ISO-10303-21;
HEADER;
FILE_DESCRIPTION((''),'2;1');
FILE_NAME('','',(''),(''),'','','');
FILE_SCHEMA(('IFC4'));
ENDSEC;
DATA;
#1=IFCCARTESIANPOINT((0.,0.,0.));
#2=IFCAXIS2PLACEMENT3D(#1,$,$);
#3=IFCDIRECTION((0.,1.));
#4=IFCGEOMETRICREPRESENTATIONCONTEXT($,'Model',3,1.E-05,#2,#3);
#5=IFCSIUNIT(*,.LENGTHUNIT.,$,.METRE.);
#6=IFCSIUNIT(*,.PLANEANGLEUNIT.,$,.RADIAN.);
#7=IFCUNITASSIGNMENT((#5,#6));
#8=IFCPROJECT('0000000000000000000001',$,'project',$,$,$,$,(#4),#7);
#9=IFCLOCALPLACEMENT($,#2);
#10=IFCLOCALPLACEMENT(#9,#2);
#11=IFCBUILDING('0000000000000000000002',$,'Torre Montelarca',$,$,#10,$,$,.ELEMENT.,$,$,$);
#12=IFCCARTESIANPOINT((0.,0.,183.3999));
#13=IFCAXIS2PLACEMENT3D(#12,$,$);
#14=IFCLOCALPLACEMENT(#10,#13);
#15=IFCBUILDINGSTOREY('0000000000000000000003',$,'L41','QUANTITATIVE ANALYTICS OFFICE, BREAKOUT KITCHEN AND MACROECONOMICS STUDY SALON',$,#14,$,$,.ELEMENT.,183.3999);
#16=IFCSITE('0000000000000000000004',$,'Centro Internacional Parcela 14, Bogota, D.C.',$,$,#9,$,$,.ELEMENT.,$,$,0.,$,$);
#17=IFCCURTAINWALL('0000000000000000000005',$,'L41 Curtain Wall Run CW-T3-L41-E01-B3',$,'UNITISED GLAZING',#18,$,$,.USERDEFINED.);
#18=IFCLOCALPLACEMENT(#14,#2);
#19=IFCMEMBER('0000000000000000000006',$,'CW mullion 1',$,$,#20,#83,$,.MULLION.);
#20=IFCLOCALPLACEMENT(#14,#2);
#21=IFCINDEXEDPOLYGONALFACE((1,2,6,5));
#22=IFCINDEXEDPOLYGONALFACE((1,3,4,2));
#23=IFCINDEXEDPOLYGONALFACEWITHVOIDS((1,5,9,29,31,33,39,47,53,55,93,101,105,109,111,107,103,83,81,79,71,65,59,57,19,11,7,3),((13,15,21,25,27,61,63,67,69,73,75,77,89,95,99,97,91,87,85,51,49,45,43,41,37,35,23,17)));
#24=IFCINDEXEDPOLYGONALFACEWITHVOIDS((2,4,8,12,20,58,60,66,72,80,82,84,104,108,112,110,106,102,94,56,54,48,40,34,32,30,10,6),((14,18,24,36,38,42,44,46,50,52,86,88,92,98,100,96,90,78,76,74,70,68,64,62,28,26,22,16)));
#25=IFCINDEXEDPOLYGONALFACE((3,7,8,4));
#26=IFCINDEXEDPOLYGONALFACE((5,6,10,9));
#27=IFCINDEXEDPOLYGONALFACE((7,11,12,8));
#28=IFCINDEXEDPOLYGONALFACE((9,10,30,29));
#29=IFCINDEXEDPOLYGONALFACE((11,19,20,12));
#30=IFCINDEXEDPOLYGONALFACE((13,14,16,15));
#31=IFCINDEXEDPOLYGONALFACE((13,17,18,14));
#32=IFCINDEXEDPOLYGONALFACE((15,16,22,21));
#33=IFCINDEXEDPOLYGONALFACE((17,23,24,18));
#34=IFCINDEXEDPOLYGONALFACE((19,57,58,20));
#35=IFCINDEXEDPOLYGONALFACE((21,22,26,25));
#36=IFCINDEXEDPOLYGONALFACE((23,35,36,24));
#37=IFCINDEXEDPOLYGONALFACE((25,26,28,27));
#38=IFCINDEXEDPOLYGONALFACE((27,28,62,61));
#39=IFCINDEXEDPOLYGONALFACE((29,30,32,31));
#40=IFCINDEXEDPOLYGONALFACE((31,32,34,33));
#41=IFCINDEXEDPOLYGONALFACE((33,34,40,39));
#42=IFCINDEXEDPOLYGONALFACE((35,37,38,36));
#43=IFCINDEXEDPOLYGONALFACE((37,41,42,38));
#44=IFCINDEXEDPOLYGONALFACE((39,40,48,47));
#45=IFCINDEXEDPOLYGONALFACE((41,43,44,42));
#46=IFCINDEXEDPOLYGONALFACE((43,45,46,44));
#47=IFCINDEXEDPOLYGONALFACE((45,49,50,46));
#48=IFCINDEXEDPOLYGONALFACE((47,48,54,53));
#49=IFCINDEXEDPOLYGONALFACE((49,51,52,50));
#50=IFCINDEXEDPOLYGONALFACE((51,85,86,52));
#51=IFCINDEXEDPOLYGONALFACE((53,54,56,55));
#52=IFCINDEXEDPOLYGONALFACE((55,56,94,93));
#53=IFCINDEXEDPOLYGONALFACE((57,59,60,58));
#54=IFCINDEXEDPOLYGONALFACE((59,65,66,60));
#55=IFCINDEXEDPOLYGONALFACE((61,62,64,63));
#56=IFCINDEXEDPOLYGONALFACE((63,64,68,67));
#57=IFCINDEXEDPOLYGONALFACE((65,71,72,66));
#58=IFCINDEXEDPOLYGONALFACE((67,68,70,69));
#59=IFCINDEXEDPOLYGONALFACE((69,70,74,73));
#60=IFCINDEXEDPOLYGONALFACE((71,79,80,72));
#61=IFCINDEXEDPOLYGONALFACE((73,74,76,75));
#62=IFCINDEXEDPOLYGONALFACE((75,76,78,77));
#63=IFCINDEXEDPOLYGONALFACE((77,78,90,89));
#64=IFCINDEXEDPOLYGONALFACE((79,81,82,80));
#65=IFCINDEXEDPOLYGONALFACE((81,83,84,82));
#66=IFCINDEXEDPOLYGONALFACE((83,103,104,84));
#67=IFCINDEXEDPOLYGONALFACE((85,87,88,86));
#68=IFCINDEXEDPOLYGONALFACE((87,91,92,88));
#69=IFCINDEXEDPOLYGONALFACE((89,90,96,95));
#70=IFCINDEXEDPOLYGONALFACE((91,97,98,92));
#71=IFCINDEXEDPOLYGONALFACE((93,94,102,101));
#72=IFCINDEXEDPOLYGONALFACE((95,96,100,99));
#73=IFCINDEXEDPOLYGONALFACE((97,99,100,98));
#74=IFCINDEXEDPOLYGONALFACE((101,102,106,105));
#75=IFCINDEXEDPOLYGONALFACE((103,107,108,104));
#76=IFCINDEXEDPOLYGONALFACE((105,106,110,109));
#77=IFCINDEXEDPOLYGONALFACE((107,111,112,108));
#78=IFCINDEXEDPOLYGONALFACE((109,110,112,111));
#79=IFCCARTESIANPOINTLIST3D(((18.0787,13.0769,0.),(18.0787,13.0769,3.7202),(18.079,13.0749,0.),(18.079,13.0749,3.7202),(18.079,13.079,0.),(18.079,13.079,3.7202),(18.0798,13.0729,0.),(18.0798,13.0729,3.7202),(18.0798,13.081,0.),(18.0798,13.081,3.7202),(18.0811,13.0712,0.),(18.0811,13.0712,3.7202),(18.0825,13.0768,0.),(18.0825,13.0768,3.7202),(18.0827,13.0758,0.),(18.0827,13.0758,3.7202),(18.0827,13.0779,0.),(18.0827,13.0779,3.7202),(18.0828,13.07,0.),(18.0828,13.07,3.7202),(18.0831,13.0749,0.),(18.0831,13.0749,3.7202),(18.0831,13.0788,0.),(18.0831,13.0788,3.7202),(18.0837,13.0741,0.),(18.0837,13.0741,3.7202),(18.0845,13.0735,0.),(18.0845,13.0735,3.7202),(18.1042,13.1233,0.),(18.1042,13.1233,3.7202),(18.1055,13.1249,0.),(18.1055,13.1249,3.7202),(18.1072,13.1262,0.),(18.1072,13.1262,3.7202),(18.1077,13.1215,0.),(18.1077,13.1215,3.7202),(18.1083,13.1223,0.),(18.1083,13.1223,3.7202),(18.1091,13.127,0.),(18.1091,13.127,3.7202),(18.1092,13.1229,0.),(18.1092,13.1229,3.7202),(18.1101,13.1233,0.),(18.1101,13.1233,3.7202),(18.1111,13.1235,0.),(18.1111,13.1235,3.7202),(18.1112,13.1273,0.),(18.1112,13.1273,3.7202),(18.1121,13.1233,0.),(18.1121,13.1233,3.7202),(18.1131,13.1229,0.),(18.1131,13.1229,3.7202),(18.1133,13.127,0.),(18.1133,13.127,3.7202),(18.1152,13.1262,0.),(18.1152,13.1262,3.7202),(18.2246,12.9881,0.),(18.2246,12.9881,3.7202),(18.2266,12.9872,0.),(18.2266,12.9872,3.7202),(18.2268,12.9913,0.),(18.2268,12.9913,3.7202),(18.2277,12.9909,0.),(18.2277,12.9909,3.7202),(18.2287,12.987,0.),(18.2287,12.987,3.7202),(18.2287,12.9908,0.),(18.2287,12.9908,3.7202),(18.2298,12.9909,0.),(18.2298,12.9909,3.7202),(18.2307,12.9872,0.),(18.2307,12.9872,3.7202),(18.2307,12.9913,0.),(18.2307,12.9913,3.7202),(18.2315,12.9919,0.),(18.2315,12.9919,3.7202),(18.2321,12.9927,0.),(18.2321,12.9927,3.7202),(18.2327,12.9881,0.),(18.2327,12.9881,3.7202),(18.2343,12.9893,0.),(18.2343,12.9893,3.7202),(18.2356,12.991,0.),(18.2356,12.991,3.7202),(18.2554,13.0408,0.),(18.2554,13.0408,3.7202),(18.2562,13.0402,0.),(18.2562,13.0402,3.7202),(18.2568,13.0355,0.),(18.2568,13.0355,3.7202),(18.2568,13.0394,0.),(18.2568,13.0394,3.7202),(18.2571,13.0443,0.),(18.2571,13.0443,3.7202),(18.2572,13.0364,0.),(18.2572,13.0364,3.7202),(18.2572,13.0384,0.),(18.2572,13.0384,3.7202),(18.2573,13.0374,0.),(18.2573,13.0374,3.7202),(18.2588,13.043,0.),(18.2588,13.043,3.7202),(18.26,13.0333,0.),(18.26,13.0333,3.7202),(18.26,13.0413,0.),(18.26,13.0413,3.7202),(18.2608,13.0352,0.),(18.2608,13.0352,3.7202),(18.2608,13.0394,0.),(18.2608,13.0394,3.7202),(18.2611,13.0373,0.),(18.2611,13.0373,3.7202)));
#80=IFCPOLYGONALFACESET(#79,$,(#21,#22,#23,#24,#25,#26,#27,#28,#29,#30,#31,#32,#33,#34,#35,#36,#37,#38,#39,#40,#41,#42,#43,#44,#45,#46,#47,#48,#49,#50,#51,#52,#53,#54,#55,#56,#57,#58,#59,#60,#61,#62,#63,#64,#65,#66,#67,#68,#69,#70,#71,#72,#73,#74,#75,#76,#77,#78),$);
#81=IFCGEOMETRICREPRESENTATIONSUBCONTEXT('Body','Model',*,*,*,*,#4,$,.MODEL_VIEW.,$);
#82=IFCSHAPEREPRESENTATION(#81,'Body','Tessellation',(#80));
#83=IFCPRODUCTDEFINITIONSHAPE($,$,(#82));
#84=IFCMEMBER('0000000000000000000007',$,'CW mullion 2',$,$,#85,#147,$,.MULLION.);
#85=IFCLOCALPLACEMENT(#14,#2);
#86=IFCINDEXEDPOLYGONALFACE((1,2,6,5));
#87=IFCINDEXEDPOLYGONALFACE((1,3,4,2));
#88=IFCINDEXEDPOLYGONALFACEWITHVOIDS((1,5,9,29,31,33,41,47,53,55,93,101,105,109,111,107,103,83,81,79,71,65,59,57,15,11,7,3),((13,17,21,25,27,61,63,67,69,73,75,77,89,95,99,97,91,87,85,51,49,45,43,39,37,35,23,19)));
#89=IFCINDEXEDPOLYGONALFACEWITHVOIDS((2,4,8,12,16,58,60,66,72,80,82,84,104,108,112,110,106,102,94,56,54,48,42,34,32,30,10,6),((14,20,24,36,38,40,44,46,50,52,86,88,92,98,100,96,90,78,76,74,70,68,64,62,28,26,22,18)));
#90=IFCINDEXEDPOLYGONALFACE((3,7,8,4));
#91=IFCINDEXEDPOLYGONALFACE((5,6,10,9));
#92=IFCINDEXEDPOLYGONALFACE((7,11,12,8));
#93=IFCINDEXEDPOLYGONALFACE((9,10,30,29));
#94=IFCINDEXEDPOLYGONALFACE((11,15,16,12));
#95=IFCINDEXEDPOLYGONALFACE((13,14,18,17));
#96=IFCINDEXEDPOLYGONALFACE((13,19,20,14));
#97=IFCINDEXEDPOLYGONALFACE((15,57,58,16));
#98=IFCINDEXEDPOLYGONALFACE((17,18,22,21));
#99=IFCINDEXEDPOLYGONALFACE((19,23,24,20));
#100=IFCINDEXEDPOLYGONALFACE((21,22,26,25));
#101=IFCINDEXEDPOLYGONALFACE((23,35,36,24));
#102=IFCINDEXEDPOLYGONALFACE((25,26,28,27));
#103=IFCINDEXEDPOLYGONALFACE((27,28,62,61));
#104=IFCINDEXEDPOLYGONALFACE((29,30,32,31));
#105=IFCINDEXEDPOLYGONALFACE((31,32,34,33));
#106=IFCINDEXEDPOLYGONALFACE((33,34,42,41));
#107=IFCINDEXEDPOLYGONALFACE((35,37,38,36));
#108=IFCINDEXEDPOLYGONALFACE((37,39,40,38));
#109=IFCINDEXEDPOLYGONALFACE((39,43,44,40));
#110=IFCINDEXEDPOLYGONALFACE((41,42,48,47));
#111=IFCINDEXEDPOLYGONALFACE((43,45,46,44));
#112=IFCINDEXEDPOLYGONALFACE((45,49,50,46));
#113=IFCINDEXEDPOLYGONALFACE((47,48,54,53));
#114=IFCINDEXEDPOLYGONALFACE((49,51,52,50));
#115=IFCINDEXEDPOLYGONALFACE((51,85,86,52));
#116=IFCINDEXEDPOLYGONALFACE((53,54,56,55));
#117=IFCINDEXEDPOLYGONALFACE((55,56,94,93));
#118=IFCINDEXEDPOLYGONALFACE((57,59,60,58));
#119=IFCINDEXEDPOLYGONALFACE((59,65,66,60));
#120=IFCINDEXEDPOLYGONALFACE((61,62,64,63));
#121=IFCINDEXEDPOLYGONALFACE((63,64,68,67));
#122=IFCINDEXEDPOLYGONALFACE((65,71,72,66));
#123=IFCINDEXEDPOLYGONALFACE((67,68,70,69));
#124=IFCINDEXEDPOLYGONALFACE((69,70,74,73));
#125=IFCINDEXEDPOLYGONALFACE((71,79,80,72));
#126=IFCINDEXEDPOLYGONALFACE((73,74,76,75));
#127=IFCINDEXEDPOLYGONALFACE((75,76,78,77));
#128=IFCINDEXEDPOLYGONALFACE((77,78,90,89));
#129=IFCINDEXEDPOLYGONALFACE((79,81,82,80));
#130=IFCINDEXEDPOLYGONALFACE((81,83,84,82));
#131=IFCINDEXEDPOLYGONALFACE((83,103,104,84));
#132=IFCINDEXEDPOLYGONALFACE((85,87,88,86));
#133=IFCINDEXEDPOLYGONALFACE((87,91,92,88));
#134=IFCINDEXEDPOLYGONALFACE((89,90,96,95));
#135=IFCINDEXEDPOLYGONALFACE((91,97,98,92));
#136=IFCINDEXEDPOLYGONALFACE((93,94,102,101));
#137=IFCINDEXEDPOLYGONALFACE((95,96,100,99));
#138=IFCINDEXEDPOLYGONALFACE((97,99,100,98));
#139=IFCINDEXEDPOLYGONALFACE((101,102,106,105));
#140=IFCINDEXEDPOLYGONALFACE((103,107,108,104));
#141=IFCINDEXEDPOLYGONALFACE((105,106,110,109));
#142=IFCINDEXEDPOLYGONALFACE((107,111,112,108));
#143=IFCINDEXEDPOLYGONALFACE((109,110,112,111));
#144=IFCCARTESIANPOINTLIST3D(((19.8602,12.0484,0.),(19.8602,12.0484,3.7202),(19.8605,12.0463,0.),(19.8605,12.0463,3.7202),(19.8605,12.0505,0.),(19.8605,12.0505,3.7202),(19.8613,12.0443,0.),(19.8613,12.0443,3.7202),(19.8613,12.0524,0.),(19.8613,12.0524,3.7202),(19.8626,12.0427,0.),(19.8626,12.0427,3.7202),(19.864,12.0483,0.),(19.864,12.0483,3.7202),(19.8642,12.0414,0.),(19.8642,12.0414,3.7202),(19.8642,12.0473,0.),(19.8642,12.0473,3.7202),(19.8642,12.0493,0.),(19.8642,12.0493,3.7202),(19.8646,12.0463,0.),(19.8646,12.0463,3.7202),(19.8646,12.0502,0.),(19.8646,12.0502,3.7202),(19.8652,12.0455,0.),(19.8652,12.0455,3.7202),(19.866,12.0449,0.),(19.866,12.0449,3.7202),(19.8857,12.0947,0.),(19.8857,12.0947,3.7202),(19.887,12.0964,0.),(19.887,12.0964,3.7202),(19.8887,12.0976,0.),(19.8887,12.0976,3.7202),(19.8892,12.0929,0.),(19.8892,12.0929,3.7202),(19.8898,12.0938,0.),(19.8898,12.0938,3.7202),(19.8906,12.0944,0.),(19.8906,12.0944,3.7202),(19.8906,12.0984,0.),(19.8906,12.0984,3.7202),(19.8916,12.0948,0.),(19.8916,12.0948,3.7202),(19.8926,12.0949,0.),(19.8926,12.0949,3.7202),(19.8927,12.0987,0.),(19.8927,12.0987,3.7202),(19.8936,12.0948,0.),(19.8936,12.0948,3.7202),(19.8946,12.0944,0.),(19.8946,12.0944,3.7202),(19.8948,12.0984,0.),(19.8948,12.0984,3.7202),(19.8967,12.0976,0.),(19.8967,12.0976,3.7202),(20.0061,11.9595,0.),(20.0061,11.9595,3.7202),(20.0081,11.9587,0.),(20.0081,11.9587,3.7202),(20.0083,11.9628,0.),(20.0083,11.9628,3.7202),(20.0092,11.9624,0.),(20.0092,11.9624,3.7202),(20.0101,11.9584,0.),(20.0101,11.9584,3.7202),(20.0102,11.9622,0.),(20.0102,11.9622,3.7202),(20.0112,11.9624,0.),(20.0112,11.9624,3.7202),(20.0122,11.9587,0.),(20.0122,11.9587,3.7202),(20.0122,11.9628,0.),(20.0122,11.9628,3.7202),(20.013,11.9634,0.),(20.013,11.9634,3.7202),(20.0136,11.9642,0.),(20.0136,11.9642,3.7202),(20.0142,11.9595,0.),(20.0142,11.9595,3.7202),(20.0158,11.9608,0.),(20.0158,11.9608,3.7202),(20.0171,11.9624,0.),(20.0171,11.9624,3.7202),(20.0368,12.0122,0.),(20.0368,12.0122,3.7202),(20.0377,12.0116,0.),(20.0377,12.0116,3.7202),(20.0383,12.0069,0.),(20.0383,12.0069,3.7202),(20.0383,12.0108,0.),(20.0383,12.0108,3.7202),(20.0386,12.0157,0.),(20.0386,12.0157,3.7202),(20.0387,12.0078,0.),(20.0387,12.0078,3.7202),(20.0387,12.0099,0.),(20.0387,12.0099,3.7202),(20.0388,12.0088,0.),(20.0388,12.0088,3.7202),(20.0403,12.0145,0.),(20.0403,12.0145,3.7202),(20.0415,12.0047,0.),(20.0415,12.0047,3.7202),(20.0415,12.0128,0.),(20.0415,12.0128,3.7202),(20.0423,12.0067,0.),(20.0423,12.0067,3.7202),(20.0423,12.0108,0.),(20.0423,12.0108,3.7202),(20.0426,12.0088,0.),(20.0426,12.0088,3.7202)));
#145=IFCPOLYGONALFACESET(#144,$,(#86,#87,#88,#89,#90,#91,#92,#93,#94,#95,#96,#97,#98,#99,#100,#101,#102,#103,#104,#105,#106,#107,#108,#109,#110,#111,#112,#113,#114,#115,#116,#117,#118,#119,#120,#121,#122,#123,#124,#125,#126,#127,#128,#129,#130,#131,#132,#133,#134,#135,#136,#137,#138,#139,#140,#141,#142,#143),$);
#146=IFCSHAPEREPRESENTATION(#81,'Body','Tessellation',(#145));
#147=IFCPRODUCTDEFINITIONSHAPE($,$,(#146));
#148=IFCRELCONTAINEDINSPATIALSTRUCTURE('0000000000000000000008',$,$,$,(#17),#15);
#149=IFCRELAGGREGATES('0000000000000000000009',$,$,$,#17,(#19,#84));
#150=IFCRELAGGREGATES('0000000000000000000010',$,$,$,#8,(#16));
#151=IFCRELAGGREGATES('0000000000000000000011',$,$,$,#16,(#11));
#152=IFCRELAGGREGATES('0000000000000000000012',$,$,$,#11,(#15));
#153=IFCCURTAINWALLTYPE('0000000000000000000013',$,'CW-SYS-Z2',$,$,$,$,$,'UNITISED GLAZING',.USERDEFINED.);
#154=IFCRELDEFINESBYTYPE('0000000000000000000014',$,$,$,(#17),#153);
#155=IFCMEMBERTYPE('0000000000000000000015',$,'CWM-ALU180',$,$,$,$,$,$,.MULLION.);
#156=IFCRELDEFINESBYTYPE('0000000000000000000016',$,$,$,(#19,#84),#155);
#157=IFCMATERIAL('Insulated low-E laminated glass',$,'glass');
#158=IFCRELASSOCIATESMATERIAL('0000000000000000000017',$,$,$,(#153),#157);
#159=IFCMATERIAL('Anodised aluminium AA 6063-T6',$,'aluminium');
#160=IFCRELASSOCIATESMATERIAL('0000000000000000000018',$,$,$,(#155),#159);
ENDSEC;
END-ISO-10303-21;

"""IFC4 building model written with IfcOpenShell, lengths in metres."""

from ifc_helpers import new_model, si_unit, direction, frame, origin, origin_2d, place, context, subcontext, project, spatial, hollow_rectangle, extrude, source, transform, mapped, material, material_profile, profile_set, type_object, element, aggregate, save


model = new_model("IFC4")

# Units and contexts
model_context = context("Model", 3, precision=1e-05, world=origin(), true_north=direction((0.0, 1.0)))
body_context = subcontext(model_context, "Body", "Model", "MODEL_VIEW")
ifc_project = project(units=[si_unit("LENGTHUNIT", "METRE"), si_unit("PLANEANGLEUNIT", "RADIAN")], contexts=[model_context])

# Site, building, storey
site_placement = place(None, origin())
site = spatial("IfcSite", under=ifc_project, at=site_placement, Name="Centro Internacional Parcela 14, Bogota, D.C.", CompositionType="ELEMENT", RefElevation=0.0)
building_placement = place(site_placement, origin())
building = spatial("IfcBuilding", under=site, at=building_placement, Name="Torre Montelarca", CompositionType="ELEMENT")
storey_placement = place(building_placement, frame((0.0, 0.0, 183.3999)))
storey = spatial("IfcBuildingStorey", under=building, at=storey_placement, Name="L41", Description="QUANTITATIVE ANALYTICS OFFICE, BREAKOUT KITCHEN AND MACROECONOMICS STUDY SALON", CompositionType="ELEMENT", Elevation=183.3999)

# Shared definitions
ifc_material_1 = material(Name="Insulated low-E laminated glass", Category="glass")
curtain_wall_type = type_object("IfcCurtainWallType", Name="CW-SYS-Z2", ElementType="UNITISED GLAZING", PredefinedType="USERDEFINED", material=ifc_material_1)
ifc_material_2 = material(Name="Anodised aluminium AA 6063-T6", Category="aluminium")

# Shared definitions
ifc_material_profile_1 = material_profile(ifc_material_2, hollow_rectangle(XDim=0.0649, YDim=0.1799, WallThickness=0.0039, InnerFilletRadius=0.0039, OuterFilletRadius=0.0081, at=origin_2d()), Name="ALU65X180X4", Category="aluminium")
ifc_profile_set_1 = profile_set([ifc_material_profile_1], Name="Anodised aluminium AA 6063-T6")
member_type_1 = type_object("IfcMemberType", Name="CWM-ALU180", PredefinedType="MULLION", material=ifc_profile_set_1)
shared_shape_1 = source(origin(), body_context, "Body", "SweptSolid", [
    extrude(hollow_rectangle(XDim=0.0649, YDim=0.1799, WallThickness=0.0039, InnerFilletRadius=0.0039, OuterFilletRadius=0.0081, at=origin_2d()), origin(), (0.0, 0.0, 1.0), 3.7202),
])

# Curtain wall, members
curtain_wall_1_placement = place(storey_placement, origin())
curtain_wall_1 = element("IfcCurtainWall", 1, at=curtain_wall_1_placement, inside=storey, type_object=curtain_wall_type, Name="L41 Curtain Wall Run CW-T3-L41-E01-B3", ObjectType="UNITISED GLAZING", PredefinedType="USERDEFINED")
member_1_placement = place(storey_placement, frame((18.1699, 13.0571, 0.0), z_axis=(0.0, 0.0, 1.0), x_axis=(0.499989, 0.866032, 0.0)))
member_1 = element("IfcMember", 2, at=member_1_placement, type_object=member_type_1, Name="CW mullion 1", PredefinedType="MULLION", context=body_context, shape_type="MappedRepresentation", body=[
    mapped(shared_shape_1, transform((0.0, 0.0, 0.0), scale=1.0)),
])
member_2_placement = place(storey_placement, frame((19.9514, 12.0286, 0.0), z_axis=(0.0, 0.0, 1.0), x_axis=(0.499989, 0.866032, 0.0)))
member_2 = element("IfcMember", 3, at=member_2_placement, type_object=member_type_1, Name="CW mullion 2", PredefinedType="MULLION", context=body_context, shape_type="MappedRepresentation", body=[
    mapped(shared_shape_1, transform((0.0, 0.0, 0.0), scale=1.0)),
])

aggregate(curtain_wall_1, [member_1, member_2])

save(model, "model.ifc")
